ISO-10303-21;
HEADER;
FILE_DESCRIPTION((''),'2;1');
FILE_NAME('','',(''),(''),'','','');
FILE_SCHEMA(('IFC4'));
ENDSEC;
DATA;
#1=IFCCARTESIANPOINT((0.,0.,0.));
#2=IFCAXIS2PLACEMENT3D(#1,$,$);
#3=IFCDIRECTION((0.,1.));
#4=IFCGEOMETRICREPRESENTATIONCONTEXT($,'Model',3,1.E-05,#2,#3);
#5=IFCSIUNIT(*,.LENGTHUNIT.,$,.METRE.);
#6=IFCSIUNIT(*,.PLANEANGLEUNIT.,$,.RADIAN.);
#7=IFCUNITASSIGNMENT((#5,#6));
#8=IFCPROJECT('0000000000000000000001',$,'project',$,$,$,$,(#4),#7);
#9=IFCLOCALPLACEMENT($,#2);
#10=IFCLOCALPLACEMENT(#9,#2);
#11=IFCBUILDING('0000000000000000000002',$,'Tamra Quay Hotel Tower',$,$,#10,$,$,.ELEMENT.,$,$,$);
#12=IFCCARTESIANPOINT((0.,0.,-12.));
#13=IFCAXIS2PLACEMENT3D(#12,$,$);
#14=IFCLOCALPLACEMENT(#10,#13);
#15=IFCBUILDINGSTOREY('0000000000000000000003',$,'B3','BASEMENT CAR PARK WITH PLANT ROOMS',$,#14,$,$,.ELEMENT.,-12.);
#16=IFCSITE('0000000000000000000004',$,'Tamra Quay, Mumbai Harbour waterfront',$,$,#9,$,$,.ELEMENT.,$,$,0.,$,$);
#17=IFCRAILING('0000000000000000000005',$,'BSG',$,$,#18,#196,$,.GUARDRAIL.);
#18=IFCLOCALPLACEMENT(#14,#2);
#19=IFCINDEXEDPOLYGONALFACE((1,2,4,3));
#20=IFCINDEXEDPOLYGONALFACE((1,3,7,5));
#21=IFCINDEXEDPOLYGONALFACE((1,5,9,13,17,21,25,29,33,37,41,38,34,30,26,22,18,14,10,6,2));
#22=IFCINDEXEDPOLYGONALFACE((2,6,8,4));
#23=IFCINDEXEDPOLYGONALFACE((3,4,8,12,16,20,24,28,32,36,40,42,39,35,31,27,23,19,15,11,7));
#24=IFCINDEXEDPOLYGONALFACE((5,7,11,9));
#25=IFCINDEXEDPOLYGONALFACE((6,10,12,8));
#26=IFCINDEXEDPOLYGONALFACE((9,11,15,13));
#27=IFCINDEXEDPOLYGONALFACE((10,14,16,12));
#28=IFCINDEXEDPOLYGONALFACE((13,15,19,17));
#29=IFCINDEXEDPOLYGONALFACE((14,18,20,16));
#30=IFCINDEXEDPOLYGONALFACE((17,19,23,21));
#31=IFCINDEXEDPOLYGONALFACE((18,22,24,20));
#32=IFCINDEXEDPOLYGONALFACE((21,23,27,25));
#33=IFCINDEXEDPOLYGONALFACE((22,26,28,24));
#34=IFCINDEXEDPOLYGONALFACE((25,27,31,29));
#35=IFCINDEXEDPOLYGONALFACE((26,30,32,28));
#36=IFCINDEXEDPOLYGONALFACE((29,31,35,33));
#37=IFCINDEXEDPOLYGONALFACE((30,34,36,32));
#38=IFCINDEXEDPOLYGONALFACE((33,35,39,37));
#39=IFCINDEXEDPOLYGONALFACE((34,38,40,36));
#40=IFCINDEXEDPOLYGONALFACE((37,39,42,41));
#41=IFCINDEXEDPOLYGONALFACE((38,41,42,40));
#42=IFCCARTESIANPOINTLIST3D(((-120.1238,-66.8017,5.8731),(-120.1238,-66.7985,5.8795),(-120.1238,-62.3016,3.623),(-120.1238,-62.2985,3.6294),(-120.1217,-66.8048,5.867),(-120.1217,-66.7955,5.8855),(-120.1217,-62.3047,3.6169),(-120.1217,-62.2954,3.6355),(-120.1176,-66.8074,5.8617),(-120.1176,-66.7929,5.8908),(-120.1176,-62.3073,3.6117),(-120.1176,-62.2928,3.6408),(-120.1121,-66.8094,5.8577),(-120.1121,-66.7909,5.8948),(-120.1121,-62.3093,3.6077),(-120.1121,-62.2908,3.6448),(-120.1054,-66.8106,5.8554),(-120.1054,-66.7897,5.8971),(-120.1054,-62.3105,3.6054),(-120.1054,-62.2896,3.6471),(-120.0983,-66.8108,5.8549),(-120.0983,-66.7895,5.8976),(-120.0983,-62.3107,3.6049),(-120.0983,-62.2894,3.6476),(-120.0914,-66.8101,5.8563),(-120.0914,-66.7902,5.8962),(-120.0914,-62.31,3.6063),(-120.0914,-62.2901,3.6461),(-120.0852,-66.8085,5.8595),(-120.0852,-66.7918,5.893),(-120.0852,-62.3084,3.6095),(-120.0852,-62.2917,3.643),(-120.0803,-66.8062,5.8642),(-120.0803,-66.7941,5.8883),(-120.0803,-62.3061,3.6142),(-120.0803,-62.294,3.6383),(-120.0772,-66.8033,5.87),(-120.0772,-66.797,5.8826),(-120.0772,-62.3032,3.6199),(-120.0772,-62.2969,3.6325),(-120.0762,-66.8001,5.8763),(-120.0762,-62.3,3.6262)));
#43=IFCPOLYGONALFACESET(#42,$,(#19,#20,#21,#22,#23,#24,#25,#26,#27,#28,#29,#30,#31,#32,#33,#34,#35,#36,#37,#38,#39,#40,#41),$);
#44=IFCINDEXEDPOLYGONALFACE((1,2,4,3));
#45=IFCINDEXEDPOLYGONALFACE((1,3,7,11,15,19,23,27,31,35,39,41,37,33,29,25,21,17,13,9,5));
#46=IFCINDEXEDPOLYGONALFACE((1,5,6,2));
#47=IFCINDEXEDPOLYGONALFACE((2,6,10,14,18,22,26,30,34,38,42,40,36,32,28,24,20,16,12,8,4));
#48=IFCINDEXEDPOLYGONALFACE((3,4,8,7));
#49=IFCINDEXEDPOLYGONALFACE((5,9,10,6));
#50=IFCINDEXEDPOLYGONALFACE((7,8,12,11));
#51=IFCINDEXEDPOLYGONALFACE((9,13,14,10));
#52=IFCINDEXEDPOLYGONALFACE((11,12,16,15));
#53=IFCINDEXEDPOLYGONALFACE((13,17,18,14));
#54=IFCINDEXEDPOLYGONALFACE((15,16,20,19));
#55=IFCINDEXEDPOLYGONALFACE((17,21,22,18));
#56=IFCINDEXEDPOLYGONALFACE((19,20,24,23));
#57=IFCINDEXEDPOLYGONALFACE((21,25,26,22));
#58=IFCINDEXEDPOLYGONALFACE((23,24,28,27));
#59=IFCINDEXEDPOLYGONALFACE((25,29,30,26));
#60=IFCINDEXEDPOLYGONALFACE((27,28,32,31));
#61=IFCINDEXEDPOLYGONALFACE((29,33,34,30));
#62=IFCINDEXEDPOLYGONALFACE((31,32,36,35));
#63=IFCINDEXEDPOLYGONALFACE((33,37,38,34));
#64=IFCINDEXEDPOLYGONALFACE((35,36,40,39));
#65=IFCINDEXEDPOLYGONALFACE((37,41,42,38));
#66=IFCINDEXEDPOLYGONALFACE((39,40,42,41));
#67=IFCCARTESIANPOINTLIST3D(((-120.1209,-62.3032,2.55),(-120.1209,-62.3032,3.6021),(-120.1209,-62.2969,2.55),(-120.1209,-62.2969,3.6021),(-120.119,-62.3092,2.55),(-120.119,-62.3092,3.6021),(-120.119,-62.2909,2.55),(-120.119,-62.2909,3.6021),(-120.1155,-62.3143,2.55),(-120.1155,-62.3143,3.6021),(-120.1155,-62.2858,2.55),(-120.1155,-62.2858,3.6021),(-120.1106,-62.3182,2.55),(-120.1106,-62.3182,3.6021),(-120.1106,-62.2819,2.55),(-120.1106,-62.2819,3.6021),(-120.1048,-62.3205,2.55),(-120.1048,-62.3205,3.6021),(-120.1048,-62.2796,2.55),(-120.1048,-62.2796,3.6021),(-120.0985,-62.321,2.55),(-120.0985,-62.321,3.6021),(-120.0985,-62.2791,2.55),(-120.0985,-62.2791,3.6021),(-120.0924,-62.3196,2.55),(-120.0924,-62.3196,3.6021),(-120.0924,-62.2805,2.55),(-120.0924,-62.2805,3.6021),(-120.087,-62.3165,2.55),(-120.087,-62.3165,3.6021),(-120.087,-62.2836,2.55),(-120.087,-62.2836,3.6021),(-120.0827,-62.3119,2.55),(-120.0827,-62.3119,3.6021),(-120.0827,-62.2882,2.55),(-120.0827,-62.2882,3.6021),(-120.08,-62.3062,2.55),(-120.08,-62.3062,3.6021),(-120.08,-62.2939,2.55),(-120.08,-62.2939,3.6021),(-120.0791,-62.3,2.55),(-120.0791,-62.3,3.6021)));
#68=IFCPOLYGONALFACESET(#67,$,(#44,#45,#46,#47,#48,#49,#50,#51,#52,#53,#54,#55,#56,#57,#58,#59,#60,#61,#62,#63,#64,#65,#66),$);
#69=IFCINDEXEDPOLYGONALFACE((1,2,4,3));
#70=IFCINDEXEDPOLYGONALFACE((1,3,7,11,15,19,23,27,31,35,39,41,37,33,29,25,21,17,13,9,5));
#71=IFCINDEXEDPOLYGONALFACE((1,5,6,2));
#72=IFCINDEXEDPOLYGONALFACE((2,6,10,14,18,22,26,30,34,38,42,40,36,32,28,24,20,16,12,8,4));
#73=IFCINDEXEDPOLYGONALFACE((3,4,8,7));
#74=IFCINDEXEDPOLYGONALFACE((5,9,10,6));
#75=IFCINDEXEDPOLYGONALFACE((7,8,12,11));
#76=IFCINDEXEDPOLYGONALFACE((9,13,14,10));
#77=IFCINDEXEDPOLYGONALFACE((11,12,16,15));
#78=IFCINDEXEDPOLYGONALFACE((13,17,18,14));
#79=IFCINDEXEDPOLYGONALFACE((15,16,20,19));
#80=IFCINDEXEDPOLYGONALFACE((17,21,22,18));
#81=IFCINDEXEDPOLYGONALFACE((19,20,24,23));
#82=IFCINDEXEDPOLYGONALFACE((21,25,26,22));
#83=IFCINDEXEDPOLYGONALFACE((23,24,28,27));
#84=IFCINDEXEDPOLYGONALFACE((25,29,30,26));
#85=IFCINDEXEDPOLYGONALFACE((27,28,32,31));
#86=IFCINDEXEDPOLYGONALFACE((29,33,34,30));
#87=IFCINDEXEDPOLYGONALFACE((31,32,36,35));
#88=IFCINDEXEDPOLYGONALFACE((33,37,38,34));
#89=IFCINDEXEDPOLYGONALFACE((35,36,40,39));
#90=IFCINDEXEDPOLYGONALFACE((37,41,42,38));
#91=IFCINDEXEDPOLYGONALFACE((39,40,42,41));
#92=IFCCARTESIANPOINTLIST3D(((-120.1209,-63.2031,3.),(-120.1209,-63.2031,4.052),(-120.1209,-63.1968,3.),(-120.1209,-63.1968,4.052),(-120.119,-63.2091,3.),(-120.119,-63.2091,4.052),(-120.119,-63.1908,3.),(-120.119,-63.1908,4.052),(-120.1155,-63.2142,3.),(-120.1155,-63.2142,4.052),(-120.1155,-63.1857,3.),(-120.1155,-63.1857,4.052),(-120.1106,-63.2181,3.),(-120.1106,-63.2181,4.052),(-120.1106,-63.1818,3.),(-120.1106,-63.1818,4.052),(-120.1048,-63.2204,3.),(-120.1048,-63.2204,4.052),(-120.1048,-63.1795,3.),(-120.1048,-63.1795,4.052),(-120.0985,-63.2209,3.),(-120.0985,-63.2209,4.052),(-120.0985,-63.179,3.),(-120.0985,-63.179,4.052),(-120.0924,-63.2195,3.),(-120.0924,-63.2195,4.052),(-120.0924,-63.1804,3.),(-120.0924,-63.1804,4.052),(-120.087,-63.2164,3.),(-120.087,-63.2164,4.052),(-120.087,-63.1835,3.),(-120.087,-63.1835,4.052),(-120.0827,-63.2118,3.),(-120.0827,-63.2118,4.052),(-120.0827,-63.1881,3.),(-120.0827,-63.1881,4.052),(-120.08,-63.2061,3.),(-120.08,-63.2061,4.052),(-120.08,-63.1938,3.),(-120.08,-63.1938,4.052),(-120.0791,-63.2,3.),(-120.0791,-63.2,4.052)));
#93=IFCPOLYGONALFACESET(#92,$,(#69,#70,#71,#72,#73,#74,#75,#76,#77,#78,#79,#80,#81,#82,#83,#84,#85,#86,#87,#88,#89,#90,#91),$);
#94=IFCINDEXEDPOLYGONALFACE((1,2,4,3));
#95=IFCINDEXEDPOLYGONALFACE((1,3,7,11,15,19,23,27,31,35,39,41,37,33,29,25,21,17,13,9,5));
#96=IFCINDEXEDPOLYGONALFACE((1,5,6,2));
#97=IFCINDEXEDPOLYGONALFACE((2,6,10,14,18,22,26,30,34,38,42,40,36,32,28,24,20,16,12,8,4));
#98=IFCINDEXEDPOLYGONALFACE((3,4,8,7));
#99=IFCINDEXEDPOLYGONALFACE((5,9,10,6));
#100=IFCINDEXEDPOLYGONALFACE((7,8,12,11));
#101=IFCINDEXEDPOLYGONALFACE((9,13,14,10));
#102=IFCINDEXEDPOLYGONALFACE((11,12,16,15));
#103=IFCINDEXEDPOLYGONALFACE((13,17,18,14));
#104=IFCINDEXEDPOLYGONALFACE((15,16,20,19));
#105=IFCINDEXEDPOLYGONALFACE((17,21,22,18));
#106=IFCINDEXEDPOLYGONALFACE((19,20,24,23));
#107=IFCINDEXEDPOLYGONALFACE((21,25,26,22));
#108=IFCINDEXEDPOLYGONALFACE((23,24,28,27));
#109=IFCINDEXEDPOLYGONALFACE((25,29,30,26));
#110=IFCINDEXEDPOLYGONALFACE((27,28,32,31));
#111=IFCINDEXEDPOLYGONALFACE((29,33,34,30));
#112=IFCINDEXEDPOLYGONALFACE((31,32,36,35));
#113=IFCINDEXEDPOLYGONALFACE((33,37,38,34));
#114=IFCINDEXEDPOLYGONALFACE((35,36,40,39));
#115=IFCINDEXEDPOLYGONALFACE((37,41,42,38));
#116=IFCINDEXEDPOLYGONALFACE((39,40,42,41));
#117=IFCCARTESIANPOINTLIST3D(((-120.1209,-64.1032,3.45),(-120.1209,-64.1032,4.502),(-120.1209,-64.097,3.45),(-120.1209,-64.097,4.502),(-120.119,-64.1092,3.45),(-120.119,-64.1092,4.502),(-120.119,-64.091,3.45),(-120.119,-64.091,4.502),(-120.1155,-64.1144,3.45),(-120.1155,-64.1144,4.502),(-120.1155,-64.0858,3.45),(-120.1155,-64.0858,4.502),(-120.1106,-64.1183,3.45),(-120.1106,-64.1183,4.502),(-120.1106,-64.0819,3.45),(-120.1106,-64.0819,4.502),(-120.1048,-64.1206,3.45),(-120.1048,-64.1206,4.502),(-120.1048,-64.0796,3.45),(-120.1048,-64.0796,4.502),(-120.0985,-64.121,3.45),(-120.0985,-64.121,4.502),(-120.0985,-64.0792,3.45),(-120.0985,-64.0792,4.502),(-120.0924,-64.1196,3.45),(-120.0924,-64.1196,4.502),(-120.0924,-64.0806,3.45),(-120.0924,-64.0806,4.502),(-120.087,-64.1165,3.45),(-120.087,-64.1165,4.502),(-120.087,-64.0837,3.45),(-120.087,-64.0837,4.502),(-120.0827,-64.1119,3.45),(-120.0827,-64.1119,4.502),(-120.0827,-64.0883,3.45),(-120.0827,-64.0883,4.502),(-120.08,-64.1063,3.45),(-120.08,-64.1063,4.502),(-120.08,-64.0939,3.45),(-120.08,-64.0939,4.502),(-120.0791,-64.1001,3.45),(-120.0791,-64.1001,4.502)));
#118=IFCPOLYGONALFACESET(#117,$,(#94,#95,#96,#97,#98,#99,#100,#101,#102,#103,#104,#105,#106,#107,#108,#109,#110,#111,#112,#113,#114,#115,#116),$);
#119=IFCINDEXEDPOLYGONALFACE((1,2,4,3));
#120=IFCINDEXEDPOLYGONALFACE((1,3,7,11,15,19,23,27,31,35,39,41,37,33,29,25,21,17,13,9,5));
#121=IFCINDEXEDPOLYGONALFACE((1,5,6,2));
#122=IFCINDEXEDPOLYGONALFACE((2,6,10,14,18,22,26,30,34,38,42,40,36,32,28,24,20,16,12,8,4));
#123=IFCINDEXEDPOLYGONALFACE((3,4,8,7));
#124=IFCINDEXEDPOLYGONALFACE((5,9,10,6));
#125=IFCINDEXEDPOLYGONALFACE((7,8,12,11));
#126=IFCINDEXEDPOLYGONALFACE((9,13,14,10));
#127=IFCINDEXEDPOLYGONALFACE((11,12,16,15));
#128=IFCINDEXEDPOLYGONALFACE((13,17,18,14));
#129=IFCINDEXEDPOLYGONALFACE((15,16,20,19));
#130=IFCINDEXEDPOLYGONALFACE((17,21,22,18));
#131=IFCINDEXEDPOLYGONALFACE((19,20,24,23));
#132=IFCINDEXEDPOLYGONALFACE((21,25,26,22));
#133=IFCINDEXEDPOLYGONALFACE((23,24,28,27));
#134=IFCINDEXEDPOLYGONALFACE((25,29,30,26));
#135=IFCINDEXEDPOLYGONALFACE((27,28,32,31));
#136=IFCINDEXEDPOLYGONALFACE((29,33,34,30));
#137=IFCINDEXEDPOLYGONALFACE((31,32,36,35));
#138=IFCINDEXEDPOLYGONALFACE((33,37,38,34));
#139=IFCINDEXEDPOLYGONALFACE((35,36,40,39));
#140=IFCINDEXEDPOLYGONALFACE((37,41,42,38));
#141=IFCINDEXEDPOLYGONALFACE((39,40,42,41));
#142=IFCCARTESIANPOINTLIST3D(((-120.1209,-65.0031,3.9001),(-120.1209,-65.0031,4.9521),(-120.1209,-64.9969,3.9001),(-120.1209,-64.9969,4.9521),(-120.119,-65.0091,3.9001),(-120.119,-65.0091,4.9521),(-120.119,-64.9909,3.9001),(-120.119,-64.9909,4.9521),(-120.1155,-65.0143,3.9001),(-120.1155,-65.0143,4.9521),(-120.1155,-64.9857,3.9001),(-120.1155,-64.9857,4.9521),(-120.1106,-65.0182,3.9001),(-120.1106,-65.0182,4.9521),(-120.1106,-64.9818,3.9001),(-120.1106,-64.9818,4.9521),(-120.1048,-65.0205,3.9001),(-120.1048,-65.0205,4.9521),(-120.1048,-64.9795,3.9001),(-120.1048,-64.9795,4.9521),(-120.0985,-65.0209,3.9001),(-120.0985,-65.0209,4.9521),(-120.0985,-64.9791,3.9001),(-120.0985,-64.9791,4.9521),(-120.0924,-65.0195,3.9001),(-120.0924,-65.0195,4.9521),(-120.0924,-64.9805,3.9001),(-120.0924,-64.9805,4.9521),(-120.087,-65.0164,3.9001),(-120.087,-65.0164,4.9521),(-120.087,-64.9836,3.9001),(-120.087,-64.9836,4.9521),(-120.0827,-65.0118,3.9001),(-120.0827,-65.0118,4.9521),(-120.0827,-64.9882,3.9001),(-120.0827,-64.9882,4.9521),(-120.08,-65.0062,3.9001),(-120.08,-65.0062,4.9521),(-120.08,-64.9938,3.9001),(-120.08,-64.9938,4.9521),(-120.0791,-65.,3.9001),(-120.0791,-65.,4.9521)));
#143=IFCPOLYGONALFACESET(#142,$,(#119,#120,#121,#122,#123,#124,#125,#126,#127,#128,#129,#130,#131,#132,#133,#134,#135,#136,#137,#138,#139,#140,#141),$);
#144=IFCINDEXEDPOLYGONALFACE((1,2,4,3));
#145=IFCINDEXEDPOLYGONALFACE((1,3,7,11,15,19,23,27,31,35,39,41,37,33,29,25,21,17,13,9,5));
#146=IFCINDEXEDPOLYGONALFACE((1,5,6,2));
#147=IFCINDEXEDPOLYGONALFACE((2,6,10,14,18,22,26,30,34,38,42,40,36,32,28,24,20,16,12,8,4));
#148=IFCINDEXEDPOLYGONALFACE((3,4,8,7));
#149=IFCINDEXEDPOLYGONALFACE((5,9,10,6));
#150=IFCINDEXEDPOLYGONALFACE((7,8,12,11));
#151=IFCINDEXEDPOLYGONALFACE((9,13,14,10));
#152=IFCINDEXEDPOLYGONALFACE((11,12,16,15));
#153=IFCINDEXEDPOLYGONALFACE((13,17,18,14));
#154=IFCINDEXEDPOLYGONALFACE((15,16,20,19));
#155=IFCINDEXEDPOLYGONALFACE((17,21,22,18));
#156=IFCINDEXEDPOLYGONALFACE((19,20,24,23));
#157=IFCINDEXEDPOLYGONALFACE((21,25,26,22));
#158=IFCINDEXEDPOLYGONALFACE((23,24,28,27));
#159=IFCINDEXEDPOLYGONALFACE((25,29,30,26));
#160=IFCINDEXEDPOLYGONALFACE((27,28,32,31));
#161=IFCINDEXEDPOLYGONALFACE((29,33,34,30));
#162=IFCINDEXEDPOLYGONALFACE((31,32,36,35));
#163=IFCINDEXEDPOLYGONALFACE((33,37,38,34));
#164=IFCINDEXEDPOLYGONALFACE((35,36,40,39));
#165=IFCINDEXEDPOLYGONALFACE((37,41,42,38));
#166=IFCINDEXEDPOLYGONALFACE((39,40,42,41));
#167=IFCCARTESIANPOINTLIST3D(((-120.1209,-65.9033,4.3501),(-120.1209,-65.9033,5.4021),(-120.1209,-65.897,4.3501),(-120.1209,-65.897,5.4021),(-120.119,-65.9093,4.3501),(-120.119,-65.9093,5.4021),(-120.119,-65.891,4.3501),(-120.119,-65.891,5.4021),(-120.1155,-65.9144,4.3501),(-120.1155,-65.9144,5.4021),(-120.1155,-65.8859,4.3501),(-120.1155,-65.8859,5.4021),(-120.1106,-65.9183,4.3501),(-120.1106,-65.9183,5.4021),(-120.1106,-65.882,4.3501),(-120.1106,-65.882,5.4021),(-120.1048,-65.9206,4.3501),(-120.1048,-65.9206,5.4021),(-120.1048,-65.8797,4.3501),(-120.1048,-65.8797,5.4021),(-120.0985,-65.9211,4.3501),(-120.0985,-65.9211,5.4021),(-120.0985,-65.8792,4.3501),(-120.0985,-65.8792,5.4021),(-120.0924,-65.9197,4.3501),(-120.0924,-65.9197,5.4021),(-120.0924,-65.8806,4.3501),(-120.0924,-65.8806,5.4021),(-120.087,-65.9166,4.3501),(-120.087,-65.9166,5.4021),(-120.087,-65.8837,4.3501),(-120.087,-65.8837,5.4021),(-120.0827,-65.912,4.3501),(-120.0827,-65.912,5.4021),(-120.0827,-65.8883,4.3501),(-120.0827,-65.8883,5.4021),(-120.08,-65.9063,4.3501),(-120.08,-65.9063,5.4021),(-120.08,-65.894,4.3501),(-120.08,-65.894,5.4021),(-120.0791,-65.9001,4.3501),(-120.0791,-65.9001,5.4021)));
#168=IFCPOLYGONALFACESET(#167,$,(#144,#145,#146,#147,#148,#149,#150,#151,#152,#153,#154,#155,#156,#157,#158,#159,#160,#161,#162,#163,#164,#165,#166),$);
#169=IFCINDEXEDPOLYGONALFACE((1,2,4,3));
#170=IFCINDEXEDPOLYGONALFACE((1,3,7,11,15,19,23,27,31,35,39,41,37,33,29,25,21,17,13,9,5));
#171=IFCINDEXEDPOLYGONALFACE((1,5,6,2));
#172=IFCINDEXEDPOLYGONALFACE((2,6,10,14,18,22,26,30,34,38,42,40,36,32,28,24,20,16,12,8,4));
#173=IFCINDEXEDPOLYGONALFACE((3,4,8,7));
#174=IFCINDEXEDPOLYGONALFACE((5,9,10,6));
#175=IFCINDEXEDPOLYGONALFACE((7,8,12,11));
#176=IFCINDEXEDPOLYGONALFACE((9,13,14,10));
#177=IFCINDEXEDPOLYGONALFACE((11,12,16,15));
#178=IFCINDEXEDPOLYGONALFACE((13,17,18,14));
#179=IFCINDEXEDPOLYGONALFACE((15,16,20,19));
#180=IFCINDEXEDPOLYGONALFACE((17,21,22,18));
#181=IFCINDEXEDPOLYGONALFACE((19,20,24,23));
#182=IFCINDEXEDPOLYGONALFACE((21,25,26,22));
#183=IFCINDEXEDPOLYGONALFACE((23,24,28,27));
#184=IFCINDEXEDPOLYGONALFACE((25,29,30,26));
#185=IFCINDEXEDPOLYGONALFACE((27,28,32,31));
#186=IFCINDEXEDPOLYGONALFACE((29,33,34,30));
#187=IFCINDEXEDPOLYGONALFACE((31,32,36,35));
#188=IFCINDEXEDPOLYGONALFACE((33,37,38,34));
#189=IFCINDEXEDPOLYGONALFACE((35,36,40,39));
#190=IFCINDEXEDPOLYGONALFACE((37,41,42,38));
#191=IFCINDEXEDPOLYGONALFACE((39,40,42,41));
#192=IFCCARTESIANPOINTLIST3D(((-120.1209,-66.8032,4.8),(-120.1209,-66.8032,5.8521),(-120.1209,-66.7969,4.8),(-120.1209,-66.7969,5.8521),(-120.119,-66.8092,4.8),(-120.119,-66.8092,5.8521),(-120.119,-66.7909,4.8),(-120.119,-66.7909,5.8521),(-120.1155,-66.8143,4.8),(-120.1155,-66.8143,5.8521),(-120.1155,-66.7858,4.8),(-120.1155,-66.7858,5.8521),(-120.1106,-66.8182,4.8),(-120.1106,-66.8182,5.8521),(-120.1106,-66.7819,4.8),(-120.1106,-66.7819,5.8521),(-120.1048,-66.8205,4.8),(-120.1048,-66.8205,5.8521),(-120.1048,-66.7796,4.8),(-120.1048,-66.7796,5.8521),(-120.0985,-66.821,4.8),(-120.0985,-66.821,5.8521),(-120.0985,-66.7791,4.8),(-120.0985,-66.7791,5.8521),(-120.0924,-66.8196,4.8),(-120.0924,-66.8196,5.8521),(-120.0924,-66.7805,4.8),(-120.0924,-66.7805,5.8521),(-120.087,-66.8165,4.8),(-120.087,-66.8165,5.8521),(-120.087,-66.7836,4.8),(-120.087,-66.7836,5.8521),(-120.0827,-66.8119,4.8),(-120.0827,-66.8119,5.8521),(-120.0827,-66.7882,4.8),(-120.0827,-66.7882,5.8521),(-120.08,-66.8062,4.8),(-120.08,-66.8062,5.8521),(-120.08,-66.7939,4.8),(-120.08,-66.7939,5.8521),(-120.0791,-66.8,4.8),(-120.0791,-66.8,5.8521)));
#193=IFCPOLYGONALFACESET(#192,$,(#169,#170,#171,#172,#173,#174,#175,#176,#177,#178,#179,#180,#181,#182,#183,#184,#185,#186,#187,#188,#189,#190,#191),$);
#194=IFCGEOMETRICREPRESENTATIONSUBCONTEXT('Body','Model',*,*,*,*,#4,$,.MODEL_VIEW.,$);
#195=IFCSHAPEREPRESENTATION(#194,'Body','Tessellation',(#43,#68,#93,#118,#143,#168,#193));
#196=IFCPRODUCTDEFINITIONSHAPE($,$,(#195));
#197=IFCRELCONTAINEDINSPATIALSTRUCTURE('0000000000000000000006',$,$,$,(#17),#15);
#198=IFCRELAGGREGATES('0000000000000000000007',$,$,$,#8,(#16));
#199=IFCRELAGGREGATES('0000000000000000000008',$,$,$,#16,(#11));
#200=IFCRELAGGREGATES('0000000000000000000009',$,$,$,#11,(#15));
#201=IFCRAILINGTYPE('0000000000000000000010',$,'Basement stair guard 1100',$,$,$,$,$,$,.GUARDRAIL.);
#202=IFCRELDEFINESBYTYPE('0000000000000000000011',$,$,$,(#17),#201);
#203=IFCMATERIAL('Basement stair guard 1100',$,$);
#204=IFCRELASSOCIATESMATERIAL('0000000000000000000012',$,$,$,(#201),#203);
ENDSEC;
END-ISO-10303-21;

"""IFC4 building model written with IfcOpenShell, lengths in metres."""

from ifc_helpers import new_model, si_unit, direction, frame, origin, origin_2d, place, context, subcontext, project, spatial, circle, extrude, material, type_object, element, save


model = new_model("IFC4")

# Units and contexts
model_context = context("Model", 3, precision=1e-05, world=origin(), true_north=direction((0.0, 1.0)))
body_context = subcontext(model_context, "Body", "Model", "MODEL_VIEW")
ifc_project = project(units=[si_unit("LENGTHUNIT", "METRE"), si_unit("PLANEANGLEUNIT", "RADIAN")], contexts=[model_context])

# Site, building, storey
site_placement = place(None, origin())
site = spatial("IfcSite", under=ifc_project, at=site_placement, Name="Tamra Quay, Mumbai Harbour waterfront", CompositionType="ELEMENT", RefElevation=0.0)
building_placement = place(site_placement, origin())
building = spatial("IfcBuilding", under=site, at=building_placement, Name="Tamra Quay Hotel Tower", CompositionType="ELEMENT")
storey_placement = place(building_placement, frame((0.0, 0.0, -12.0)))
storey = spatial("IfcBuildingStorey", under=building, at=storey_placement, Name="B3", Description="BASEMENT CAR PARK WITH PLANT ROOMS", CompositionType="ELEMENT", Elevation=-12.0)

# Railing
ifc_material_1 = material(Name="Basement stair guard 1100")
railing_type_1 = type_object("IfcRailingType", Name="Basement stair guard 1100", PredefinedType="GUARDRAIL", material=ifc_material_1)
railing_1_placement = place(storey_placement, frame((-120.1001, -62.3, 2.55)))
element("IfcRailing", 1, at=railing_1_placement, inside=storey, type_object=railing_type_1, Name="BSG", PredefinedType="GUARDRAIL", context=body_context, shape_type="SweptSolid", body=[
    extrude(circle(Radius=0.0239, at=origin_2d()), frame((0.0, 0.0, 1.0762), z_axis=(0.0, -0.894427, 0.447214), x_axis=(1.0, 0.0, 0.0)), (0.0, 0.0, 1.0), 5.0312),
    extrude(circle(Radius=0.021, at=origin_2d()), origin(), (0.0, 0.0, 1.0), 1.052),
    extrude(circle(Radius=0.021, at=origin_2d()), frame((0.0, -0.8999, 0.45)), (0.0, 0.0, 1.0), 1.052),
    extrude(circle(Radius=0.021, at=origin_2d()), frame((0.0, -1.8, 0.8999)), (0.0, 0.0, 1.0), 1.052),
    extrude(circle(Radius=0.021, at=origin_2d()), frame((0.0, -2.7, 1.3501)), (0.0, 0.0, 1.0), 1.052),
    extrude(circle(Radius=0.021, at=origin_2d()), frame((0.0, -3.6001, 1.8)), (0.0, 0.0, 1.0), 1.052),
    extrude(circle(Radius=0.021, at=origin_2d()), frame((0.0, -4.5, 2.25)), (0.0, 0.0, 1.0), 1.052),
])

save(model, "model.ifc")
